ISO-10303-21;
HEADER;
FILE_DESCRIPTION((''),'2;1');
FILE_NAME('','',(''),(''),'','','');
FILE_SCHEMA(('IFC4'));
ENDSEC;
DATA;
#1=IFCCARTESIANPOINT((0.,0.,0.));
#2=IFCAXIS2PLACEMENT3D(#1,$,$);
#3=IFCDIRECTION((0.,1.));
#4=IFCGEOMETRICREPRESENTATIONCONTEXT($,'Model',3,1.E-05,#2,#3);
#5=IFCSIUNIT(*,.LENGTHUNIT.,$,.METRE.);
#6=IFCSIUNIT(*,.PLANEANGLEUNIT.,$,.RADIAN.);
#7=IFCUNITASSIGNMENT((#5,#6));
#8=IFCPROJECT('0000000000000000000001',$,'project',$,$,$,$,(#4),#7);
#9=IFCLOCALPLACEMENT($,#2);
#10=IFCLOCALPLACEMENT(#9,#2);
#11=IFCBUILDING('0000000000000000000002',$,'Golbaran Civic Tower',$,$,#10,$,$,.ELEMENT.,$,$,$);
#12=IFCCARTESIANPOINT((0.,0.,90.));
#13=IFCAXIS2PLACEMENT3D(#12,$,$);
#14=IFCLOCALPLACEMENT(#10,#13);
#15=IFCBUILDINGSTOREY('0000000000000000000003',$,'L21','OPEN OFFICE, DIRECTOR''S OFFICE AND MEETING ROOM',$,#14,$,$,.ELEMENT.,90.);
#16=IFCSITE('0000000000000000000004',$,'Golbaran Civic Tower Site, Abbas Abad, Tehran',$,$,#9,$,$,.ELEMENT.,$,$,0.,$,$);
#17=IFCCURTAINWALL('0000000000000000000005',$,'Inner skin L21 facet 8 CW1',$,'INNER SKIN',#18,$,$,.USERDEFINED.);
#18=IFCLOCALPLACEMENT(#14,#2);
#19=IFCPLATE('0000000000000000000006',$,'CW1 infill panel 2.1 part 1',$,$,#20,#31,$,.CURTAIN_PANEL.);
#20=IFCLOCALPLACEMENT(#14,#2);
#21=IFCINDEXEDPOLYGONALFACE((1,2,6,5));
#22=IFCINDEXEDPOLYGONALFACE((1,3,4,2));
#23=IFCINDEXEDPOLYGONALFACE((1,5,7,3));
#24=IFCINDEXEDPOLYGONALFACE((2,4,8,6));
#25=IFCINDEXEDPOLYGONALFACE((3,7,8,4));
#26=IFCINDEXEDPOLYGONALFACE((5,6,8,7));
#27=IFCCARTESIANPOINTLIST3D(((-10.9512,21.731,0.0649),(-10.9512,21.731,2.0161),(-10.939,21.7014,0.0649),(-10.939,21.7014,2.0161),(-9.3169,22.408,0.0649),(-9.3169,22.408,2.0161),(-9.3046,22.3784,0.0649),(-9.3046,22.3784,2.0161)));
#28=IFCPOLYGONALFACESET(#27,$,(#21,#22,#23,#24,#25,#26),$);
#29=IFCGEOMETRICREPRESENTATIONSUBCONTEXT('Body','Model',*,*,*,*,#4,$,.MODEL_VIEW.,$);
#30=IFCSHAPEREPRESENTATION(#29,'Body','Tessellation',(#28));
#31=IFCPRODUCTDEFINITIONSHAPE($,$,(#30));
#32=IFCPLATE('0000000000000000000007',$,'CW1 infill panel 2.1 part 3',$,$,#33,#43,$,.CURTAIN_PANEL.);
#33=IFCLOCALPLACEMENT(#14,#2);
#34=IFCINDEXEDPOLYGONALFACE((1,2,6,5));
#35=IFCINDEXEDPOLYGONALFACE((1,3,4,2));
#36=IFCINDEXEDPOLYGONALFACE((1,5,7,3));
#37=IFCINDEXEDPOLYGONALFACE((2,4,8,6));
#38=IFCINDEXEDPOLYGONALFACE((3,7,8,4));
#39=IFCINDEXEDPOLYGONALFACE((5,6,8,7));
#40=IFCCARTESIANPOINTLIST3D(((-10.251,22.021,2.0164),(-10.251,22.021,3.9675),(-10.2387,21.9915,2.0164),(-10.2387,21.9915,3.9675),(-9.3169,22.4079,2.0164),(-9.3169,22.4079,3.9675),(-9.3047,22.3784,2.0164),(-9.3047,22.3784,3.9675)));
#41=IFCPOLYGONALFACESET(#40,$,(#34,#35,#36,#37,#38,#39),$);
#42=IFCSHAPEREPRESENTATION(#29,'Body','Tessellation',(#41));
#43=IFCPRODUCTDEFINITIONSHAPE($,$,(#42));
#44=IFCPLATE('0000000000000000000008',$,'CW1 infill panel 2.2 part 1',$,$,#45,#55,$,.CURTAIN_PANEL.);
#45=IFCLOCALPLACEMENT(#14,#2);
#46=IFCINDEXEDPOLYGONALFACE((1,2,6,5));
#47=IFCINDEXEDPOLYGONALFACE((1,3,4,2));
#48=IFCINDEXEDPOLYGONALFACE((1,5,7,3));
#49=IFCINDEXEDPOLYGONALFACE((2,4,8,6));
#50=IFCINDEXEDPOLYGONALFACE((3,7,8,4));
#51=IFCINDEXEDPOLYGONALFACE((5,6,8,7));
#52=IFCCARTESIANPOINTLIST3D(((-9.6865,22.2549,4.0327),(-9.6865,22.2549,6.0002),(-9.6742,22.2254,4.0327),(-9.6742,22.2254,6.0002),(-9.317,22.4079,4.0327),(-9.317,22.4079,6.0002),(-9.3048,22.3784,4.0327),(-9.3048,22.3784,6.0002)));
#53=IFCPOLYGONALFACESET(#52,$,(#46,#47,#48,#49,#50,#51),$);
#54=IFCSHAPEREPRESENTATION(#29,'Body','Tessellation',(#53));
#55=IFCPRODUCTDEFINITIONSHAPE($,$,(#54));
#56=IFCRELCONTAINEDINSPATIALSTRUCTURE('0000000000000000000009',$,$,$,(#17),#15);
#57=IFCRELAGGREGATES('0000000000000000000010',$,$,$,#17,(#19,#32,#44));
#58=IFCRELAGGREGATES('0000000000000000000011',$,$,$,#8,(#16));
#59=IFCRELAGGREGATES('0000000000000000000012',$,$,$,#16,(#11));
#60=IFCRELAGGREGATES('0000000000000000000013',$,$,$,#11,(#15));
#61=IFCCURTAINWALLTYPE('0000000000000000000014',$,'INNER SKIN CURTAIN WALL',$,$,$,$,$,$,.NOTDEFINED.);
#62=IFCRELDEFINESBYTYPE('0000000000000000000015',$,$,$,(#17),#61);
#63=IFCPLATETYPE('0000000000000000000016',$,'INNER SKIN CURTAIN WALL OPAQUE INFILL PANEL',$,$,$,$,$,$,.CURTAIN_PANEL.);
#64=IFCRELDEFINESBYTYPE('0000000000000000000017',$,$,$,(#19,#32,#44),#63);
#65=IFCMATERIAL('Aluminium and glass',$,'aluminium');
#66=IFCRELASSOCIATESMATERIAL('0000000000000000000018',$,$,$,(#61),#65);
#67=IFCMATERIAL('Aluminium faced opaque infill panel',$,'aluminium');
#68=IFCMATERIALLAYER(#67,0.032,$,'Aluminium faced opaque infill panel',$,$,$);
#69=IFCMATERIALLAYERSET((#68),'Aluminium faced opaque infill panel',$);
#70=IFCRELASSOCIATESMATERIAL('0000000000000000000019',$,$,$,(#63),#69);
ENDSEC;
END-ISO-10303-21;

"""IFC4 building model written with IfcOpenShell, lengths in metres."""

from ifc_helpers import new_model, si_unit, direction, frame, origin, origin_2d, place, context, subcontext, project, spatial, rectangle, extrude, material, layer, layer_set, type_object, element, aggregate, save


model = new_model("IFC4")

# Units and contexts
model_context = context("Model", 3, precision=1e-05, world=origin(), true_north=direction((0.0, 1.0)))
body_context = subcontext(model_context, "Body", "Model", "MODEL_VIEW")
ifc_project = project(units=[si_unit("LENGTHUNIT", "METRE"), si_unit("PLANEANGLEUNIT", "RADIAN")], contexts=[model_context])

# Site, building, storey
site_placement = place(None, origin())
site = spatial("IfcSite", under=ifc_project, at=site_placement, Name="Golbaran Civic Tower Site, Abbas Abad, Tehran", CompositionType="ELEMENT", RefElevation=0.0)
building_placement = place(site_placement, origin())
building = spatial("IfcBuilding", under=site, at=building_placement, Name="Golbaran Civic Tower", CompositionType="ELEMENT")
storey_placement = place(building_placement, frame((0.0, 0.0, 90.0)))
storey = spatial("IfcBuildingStorey", under=building, at=storey_placement, Name="L21", Description="OPEN OFFICE, DIRECTOR'S OFFICE AND MEETING ROOM", CompositionType="ELEMENT", Elevation=90.0)

# Curtain wall
ifc_material_1 = material(Name="Aluminium and glass", Category="aluminium")
curtain_wall_type = type_object("IfcCurtainWallType", Name="INNER SKIN CURTAIN WALL", PredefinedType="NOTDEFINED", material=ifc_material_1)
curtain_wall_1_placement = place(storey_placement, origin())
curtain_wall_1 = element("IfcCurtainWall", 1, at=curtain_wall_1_placement, inside=storey, type_object=curtain_wall_type, Name="Inner skin L21 facet 8 CW1", ObjectType="INNER SKIN", PredefinedType="USERDEFINED")

# Plates
ifc_material_2 = material(Name="Aluminium faced opaque infill panel", Category="aluminium")
ifc_layer_1 = layer(ifc_material_2, 0.032, Name="Aluminium faced opaque infill panel")
ifc_layer_set_1 = layer_set([ifc_layer_1], Name="Aluminium faced opaque infill panel")
plate_type_1 = type_object("IfcPlateType", Name="INNER SKIN CURTAIN WALL OPAQUE INFILL PANEL", PredefinedType="CURTAIN_PANEL", material=ifc_layer_set_1)
plate_1_placement = place(storey_placement, frame((-10.1279, 22.0547, 0.0649), z_axis=(0.0, 0.0, 1.0), x_axis=(-0.92388, -0.382683, 0.0)))
plate_1 = element("IfcPlate", 2, at=plate_1_placement, type_object=plate_type_1, Name="CW1 infill panel 2.1 part 1", PredefinedType="CURTAIN_PANEL", context=body_context, shape_type="SweptSolid", body=[
    extrude(rectangle(XDim=1.769, YDim=0.032, at=origin_2d()), origin(), (0.0, 0.0, 1.0), 1.9512),
])
plate_2_placement = place(storey_placement, frame((-9.7778, 22.1997, 2.0164), z_axis=(0.0, 0.0, 1.0), x_axis=(-0.92388, -0.382683, 0.0)))
plate_2 = element("IfcPlate", 3, at=plate_2_placement, type_object=plate_type_1, Name="CW1 infill panel 2.1 part 3", PredefinedType="CURTAIN_PANEL", context=body_context, shape_type="SweptSolid", body=[
    extrude(rectangle(XDim=1.011, YDim=0.032, at=origin_2d()), origin(), (0.0, 0.0, 1.0), 1.9512),
])
plate_3_placement = place(storey_placement, frame((-9.4956, 22.3167, 4.0327), z_axis=(0.0, 0.0, 1.0), x_axis=(-0.92388, -0.382683, 0.0)))
plate_3 = element("IfcPlate", 4, at=plate_3_placement, type_object=plate_type_1, Name="CW1 infill panel 2.2 part 1", PredefinedType="CURTAIN_PANEL", context=body_context, shape_type="SweptSolid", body=[
    extrude(rectangle(XDim=0.3999, YDim=0.032, at=origin_2d()), origin(), (0.0, 0.0, 1.0), 1.9675),
])
aggregate(curtain_wall_1, [plate_1, plate_2, plate_3])

save(model, "model.ifc")
